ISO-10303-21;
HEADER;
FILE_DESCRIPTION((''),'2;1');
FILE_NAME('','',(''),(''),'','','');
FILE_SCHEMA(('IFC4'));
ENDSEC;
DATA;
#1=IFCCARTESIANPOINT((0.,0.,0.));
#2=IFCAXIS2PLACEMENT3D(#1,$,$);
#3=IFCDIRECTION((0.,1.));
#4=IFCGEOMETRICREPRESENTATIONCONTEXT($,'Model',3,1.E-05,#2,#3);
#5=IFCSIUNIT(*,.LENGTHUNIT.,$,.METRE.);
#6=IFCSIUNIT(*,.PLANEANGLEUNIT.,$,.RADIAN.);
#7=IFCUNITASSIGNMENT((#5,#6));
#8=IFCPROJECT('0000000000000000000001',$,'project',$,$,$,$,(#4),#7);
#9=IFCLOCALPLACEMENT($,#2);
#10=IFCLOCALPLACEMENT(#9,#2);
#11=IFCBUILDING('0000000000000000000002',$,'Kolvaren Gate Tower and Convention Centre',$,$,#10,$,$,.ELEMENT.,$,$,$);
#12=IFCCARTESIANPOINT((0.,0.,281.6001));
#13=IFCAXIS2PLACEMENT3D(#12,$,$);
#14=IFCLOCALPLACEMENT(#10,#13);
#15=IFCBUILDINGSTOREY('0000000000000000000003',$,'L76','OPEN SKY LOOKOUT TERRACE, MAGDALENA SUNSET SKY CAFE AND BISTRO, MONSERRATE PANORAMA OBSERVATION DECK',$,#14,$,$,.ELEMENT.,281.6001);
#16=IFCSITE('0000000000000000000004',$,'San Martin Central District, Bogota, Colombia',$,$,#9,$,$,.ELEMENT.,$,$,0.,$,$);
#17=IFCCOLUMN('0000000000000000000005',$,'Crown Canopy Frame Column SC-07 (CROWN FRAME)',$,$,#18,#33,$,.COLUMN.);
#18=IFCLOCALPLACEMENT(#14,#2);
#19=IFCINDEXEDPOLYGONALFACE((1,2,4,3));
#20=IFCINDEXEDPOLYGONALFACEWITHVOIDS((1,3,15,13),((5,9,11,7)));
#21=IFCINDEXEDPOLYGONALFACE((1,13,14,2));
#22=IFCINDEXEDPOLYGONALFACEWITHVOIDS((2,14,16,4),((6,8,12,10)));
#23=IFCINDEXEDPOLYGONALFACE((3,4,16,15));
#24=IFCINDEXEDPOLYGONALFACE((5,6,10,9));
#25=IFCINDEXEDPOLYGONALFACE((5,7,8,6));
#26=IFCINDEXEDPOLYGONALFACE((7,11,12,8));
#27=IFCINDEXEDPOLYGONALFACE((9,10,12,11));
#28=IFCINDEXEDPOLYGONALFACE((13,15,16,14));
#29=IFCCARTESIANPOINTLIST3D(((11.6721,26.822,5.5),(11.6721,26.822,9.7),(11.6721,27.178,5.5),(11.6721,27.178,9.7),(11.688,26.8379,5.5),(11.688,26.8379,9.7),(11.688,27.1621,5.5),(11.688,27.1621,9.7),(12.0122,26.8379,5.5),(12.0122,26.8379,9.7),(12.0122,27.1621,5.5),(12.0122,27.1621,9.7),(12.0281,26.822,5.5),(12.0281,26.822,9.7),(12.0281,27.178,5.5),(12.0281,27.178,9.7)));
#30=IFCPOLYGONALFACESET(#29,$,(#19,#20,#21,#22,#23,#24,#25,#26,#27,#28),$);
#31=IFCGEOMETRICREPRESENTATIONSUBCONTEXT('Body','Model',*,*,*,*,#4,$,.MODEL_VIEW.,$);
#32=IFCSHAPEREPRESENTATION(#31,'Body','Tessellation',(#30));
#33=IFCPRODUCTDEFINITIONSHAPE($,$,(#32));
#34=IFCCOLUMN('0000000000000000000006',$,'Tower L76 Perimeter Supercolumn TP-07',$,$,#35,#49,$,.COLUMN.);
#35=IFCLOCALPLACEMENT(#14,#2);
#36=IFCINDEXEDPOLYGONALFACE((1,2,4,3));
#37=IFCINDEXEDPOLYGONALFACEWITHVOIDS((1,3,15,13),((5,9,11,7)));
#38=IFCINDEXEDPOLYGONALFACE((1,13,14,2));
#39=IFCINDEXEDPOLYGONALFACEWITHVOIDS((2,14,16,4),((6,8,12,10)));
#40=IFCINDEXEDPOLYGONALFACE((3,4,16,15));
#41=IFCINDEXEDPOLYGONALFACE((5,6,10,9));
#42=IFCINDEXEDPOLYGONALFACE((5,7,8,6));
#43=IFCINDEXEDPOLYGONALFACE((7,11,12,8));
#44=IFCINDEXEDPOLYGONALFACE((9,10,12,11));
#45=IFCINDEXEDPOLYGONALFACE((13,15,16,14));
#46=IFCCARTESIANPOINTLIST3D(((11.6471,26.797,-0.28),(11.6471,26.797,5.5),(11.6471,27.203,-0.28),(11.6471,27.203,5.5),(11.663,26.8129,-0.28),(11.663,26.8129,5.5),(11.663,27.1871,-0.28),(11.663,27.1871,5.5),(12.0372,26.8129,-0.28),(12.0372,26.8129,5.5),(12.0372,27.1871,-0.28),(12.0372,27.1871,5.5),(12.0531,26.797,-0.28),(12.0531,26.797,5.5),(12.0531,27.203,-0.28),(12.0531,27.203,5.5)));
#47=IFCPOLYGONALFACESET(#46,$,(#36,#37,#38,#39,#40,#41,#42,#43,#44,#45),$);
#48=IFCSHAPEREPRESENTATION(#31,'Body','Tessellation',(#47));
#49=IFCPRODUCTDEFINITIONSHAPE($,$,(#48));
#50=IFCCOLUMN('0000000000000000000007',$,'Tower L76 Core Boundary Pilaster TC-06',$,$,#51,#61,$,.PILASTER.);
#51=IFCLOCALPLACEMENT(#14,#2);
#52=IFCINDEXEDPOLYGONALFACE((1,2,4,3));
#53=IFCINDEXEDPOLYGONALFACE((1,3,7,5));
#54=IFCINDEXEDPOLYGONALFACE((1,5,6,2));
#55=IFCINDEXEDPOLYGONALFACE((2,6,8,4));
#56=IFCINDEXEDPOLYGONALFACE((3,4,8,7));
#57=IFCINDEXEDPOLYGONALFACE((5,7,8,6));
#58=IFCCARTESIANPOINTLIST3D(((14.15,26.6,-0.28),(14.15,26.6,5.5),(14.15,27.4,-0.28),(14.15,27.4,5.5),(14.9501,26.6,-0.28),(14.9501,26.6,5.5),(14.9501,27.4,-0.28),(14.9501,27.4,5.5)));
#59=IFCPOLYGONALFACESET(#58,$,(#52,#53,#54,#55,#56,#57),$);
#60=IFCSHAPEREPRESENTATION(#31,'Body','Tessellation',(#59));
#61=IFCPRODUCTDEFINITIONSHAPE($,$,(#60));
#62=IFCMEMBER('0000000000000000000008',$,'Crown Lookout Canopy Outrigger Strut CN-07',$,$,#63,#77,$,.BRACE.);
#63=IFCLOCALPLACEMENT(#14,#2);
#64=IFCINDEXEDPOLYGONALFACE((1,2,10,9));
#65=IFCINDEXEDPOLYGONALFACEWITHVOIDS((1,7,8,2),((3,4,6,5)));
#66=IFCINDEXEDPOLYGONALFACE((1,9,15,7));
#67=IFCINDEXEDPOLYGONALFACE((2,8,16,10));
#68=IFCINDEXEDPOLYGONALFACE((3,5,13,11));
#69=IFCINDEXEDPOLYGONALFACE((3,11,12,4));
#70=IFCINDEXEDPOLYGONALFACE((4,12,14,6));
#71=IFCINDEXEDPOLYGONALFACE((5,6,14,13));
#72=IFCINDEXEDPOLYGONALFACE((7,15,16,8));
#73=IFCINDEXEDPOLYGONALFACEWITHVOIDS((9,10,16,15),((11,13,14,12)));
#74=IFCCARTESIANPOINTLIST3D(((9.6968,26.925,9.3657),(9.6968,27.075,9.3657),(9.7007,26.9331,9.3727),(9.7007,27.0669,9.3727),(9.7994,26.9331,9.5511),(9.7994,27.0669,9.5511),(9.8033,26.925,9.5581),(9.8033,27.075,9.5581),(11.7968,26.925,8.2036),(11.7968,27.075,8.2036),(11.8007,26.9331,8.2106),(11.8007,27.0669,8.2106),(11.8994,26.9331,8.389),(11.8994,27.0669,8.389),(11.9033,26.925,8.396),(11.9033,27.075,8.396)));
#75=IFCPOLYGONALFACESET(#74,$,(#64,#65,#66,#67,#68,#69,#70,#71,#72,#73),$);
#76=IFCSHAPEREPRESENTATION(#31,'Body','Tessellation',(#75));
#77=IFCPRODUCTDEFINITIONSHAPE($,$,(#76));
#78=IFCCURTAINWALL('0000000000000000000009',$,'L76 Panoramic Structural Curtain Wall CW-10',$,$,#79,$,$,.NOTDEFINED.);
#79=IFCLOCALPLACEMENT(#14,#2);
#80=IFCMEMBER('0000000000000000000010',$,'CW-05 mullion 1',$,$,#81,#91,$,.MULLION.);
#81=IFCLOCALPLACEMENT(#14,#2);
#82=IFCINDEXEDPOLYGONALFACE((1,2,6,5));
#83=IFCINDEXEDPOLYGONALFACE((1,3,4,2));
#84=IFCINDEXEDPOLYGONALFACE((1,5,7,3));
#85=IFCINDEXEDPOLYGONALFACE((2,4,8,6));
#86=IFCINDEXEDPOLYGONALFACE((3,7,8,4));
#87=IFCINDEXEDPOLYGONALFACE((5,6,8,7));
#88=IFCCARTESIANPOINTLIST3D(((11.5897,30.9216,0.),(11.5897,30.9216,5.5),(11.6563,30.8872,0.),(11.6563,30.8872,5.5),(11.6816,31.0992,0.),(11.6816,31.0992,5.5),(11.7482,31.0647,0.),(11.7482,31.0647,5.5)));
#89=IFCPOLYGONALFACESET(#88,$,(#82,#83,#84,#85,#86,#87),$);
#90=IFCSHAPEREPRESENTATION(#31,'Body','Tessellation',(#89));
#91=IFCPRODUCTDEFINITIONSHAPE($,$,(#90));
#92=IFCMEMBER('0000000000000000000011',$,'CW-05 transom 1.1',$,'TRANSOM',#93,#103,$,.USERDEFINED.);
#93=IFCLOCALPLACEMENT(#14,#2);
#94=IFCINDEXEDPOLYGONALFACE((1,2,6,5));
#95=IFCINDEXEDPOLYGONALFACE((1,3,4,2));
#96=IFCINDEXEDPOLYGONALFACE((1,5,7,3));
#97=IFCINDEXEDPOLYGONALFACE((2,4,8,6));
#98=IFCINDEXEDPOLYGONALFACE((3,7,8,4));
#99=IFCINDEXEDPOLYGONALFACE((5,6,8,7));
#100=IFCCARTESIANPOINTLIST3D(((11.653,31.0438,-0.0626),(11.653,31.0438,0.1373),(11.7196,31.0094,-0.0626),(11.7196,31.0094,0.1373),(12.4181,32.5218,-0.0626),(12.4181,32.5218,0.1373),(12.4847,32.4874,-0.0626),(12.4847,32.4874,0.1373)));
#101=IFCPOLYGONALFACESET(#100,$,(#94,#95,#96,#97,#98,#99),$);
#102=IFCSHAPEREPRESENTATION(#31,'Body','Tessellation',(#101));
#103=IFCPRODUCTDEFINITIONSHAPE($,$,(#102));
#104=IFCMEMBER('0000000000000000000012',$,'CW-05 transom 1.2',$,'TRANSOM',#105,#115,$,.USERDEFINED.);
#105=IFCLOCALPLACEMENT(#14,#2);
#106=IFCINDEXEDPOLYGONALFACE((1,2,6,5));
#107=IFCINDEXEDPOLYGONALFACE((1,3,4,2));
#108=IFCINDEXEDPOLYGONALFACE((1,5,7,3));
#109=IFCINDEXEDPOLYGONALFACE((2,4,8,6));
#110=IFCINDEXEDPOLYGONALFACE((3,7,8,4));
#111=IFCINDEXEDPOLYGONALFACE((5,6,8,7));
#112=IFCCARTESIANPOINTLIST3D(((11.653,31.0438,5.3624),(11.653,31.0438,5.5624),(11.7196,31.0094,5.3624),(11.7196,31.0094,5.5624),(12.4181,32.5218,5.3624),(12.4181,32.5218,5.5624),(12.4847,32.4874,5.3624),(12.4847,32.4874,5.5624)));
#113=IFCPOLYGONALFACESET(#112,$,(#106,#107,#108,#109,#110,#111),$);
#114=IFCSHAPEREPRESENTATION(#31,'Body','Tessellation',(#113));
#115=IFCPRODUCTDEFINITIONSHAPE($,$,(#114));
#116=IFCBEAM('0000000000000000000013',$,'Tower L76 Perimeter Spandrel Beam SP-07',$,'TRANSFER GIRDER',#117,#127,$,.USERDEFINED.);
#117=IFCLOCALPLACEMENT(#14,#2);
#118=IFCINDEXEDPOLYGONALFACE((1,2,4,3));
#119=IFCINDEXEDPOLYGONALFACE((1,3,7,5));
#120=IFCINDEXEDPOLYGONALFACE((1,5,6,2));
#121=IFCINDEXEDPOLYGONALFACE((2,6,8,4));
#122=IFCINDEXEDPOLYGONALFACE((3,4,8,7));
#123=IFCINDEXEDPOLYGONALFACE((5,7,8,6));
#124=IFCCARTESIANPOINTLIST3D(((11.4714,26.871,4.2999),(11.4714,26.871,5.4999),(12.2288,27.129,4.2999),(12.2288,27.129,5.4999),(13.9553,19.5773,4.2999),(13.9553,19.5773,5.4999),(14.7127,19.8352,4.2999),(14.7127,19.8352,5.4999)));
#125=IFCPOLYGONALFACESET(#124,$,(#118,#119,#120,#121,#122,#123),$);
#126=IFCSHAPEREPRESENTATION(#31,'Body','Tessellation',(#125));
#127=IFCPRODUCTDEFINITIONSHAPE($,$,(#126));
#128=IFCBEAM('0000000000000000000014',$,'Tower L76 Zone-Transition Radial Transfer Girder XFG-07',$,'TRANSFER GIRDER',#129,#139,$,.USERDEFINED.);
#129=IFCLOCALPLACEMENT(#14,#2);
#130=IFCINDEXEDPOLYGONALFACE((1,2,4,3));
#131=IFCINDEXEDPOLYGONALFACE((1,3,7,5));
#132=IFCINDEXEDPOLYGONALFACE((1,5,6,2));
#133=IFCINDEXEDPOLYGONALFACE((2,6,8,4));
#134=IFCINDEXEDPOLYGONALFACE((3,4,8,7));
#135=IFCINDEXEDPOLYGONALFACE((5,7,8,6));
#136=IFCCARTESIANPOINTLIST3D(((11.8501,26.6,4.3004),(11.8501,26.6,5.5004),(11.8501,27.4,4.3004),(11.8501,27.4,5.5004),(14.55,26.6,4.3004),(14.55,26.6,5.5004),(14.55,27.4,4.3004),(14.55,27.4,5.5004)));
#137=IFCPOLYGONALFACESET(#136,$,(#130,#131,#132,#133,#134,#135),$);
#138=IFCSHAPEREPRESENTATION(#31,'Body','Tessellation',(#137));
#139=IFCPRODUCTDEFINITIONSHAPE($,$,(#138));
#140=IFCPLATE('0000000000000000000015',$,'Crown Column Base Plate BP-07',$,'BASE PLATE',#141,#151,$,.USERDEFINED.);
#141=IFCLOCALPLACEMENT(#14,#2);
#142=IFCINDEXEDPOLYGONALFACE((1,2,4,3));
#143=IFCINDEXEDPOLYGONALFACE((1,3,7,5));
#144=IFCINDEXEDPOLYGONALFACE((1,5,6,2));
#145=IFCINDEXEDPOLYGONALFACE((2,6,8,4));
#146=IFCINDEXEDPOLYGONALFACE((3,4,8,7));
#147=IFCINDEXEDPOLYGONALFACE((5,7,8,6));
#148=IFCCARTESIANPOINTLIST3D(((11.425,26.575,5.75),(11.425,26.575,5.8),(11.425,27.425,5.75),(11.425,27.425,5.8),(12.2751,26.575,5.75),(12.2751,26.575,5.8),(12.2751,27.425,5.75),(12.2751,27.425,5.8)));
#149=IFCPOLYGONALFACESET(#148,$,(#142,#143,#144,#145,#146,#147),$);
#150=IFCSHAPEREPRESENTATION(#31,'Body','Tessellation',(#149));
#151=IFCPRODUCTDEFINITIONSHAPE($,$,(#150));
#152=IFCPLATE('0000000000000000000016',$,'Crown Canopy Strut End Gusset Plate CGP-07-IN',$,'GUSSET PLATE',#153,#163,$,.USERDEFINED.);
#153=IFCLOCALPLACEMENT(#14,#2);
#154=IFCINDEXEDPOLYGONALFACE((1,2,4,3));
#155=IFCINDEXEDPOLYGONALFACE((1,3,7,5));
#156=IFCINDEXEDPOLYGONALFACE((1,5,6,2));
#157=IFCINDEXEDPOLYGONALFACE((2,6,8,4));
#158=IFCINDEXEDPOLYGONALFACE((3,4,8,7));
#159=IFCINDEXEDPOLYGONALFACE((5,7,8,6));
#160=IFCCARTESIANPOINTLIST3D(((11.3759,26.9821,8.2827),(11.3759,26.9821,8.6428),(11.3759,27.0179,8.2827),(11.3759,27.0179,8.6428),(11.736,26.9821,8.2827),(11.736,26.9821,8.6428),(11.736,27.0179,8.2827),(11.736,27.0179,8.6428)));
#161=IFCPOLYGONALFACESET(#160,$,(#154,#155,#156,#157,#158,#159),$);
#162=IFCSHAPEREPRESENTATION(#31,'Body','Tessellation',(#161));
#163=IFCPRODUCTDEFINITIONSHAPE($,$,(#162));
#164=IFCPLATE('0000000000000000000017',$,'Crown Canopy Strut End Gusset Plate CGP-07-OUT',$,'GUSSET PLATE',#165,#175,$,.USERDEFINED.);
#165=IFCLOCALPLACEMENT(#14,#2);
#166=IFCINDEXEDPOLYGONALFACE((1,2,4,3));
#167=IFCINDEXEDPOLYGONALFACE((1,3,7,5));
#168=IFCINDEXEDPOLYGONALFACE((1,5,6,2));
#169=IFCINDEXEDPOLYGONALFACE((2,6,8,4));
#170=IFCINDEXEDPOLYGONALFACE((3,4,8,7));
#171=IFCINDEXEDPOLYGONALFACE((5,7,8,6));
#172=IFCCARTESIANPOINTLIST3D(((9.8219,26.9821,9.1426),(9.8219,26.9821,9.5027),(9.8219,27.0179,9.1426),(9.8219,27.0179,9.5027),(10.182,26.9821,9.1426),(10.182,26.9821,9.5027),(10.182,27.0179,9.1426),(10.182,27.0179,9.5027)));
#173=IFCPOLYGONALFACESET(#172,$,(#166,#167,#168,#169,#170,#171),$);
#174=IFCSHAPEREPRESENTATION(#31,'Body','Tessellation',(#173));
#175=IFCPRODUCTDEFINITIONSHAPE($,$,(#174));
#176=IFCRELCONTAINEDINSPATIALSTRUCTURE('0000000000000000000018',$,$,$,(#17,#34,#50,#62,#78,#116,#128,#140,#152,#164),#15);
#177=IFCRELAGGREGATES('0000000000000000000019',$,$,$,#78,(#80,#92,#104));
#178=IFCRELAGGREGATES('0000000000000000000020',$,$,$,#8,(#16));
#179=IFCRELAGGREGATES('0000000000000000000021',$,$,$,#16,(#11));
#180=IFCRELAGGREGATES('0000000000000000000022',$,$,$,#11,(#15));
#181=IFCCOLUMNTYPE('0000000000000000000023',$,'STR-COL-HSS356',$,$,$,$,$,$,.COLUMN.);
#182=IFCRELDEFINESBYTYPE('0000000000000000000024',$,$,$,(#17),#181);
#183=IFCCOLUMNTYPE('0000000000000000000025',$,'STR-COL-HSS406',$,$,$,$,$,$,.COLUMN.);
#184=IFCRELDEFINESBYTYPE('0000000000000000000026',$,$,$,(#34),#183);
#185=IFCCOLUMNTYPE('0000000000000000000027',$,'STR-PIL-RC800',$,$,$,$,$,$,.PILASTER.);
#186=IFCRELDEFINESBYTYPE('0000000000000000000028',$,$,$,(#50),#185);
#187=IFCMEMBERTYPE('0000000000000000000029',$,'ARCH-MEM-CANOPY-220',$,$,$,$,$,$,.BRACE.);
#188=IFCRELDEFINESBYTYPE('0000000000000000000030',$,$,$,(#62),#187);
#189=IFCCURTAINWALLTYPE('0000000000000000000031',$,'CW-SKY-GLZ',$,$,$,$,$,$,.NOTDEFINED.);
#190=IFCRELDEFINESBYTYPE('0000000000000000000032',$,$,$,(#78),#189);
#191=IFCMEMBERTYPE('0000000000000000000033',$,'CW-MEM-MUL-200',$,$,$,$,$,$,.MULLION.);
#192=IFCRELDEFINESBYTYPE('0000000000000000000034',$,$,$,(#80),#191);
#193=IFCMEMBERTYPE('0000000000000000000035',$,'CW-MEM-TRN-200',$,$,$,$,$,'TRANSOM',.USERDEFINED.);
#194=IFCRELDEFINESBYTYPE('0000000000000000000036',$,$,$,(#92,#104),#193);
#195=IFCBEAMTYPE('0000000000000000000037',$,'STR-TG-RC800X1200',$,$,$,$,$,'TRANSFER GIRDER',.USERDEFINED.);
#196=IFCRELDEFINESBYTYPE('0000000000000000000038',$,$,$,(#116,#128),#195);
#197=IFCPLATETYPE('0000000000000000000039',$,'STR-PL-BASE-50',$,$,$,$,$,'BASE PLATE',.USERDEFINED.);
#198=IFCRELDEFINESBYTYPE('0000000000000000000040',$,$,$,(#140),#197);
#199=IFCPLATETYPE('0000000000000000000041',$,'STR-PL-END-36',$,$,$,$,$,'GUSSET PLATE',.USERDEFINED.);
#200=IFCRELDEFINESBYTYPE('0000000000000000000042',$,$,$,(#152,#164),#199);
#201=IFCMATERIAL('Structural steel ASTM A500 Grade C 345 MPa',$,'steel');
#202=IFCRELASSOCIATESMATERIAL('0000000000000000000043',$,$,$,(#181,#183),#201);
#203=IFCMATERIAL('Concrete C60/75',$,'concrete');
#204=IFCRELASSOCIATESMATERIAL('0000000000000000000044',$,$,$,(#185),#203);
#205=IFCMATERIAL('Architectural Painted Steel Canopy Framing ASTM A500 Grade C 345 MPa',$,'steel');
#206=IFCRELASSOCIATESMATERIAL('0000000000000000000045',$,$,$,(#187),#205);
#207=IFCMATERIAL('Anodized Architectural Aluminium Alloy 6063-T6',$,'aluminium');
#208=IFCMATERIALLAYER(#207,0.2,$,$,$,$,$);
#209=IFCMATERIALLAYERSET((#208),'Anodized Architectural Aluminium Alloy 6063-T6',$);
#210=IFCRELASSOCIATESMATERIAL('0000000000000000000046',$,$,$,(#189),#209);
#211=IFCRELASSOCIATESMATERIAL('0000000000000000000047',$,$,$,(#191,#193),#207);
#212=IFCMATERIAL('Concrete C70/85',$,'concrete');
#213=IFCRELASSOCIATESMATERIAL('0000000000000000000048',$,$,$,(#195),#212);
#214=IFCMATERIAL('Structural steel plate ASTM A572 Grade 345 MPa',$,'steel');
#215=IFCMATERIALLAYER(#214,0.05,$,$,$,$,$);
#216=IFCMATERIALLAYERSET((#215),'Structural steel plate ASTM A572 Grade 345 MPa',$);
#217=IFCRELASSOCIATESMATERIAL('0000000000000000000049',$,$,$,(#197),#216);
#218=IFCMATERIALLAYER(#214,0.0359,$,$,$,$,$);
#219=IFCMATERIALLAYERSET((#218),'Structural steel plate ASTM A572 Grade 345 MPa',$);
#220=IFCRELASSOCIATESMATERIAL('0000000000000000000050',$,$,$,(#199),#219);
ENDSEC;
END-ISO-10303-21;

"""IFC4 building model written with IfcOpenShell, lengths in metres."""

from ifc_helpers import new_model, si_unit, direction, frame, origin, origin_2d, place, context, subcontext, project, spatial, rectangle, hollow_rectangle, extrude, material, layer, layer_set, material_profile, profile_set, type_object, element, aggregate, save


model = new_model("IFC4")

# Units and contexts
model_context = context("Model", 3, precision=1e-05, world=origin(), true_north=direction((0.0, 1.0)))
body_context = subcontext(model_context, "Body", "Model", "MODEL_VIEW")
ifc_project = project(units=[si_unit("LENGTHUNIT", "METRE"), si_unit("PLANEANGLEUNIT", "RADIAN")], contexts=[model_context])

# Site, building, storey
site_placement = place(None, origin())
site = spatial("IfcSite", under=ifc_project, at=site_placement, Name="San Martin Central District, Bogota, Colombia", CompositionType="ELEMENT", RefElevation=0.0)
building_placement = place(site_placement, origin())
building = spatial("IfcBuilding", under=site, at=building_placement, Name="Kolvaren Gate Tower and Convention Centre", CompositionType="ELEMENT")
storey_placement = place(building_placement, frame((0.0, 0.0, 281.6001)))
storey = spatial("IfcBuildingStorey", under=building, at=storey_placement, Name="L76", Description="OPEN SKY LOOKOUT TERRACE, MAGDALENA SUNSET SKY CAFE AND BISTRO, MONSERRATE PANORAMA OBSERVATION DECK", CompositionType="ELEMENT", Elevation=281.6001)

# Columns
ifc_material_1 = material(Name="Structural steel ASTM A500 Grade C 345 MPa", Category="steel")
ifc_material_profile_1 = material_profile(ifc_material_1, hollow_rectangle(XDim=0.356, YDim=0.356, WallThickness=0.0159, at=origin_2d()), Name="HSS356X356X15.9")
ifc_profile_set_1 = profile_set([ifc_material_profile_1], Name="Structural steel ASTM A500 Grade C 345 MPa")
column_type_1 = type_object("IfcColumnType", Name="STR-COL-HSS356", PredefinedType="COLUMN", material=ifc_profile_set_1)
column_1_placement = place(storey_placement, frame((11.8501, 27.0, 5.5), z_axis=(0.0, 0.0, 1.0), x_axis=(1.0, 0.0, 0.0)))
element("IfcColumn", 1, at=column_1_placement, inside=storey, type_object=column_type_1, Name="Crown Canopy Frame Column SC-07 (CROWN FRAME)", PredefinedType="COLUMN", context=body_context, shape_type="SweptSolid", body=[
    extrude(hollow_rectangle(XDim=0.356, YDim=0.356, WallThickness=0.0159, at=origin_2d()), origin(), (0.0, 0.0, 1.0), 4.2),
])
ifc_material_profile_2 = material_profile(ifc_material_1, hollow_rectangle(XDim=0.406, YDim=0.406, WallThickness=0.0159, at=origin_2d()), Name="HSS406X406X15.9")
ifc_profile_set_2 = profile_set([ifc_material_profile_2], Name="Structural steel ASTM A500 Grade C 345 MPa")
column_type_2 = type_object("IfcColumnType", Name="STR-COL-HSS406", PredefinedType="COLUMN", material=ifc_profile_set_2)
column_2_placement = place(storey_placement, frame((11.8501, 27.0, -0.28), z_axis=(0.0, 0.0, 1.0), x_axis=(1.0, 0.0, 0.0)))
element("IfcColumn", 2, at=column_2_placement, inside=storey, type_object=column_type_2, Name="Tower L76 Perimeter Supercolumn TP-07", PredefinedType="COLUMN", context=body_context, shape_type="SweptSolid", body=[
    extrude(hollow_rectangle(XDim=0.406, YDim=0.406, WallThickness=0.0159, at=origin_2d()), origin(), (0.0, 0.0, 1.0), 5.78),
])
ifc_material_2 = material(Name="Concrete C60/75", Category="concrete")
ifc_material_profile_3 = material_profile(ifc_material_2, rectangle(XDim=0.8, YDim=0.8, at=origin_2d()), Name="RC-COL-800X800")
ifc_profile_set_3 = profile_set([ifc_material_profile_3], Name="Concrete C60/75")
column_type_3 = type_object("IfcColumnType", Name="STR-PIL-RC800", PredefinedType="PILASTER", material=ifc_profile_set_3)
column_3_placement = place(storey_placement, frame((14.55, 27.0, -0.28), z_axis=(0.0, 0.0, 1.0), x_axis=(1.0, 0.0, 0.0)))
element("IfcColumn", 3, at=column_3_placement, inside=storey, type_object=column_type_3, Name="Tower L76 Core Boundary Pilaster TC-06", PredefinedType="PILASTER", context=body_context, shape_type="SweptSolid", body=[
    extrude(rectangle(XDim=0.8, YDim=0.8, at=origin_2d()), origin(), (0.0, 0.0, 1.0), 5.78),
])

# Member
ifc_material_3 = material(Name="Architectural Painted Steel Canopy Framing ASTM A500 Grade C 345 MPa", Category="steel")
ifc_material_profile_4 = material_profile(ifc_material_3, hollow_rectangle(XDim=0.1499, YDim=0.22, WallThickness=0.0081, at=origin_2d()), Name="ARCH-MEM-CANOPY-220")
ifc_profile_set_4 = profile_set([ifc_material_profile_4], Name="Architectural Painted Steel Canopy Framing ASTM A500 Grade C 345 MPa")
member_type_1 = type_object("IfcMemberType", Name="ARCH-MEM-CANOPY-220", PredefinedType="BRACE", material=ifc_profile_set_4)
member_1_placement = place(storey_placement, frame((11.8501, 27.0, 8.2998), z_axis=(-0.874972, 0.0, 0.484174), x_axis=(0.0, -1.0, 0.0)))
element("IfcMember", 4, at=member_1_placement, inside=storey, type_object=member_type_1, Name="Crown Lookout Canopy Outrigger Strut CN-07", PredefinedType="BRACE", context=body_context, shape_type="SweptSolid", body=[
    extrude(hollow_rectangle(XDim=0.1499, YDim=0.22, WallThickness=0.0081, at=origin_2d()), origin(), (0.0, 0.0, 1.0), 2.4001),
])

# Curtain wall, members
ifc_material_4 = material(Name="Anodized Architectural Aluminium Alloy 6063-T6", Category="aluminium")
ifc_layer_1 = layer(ifc_material_4, 0.2)
ifc_layer_set_1 = layer_set([ifc_layer_1], Name="Anodized Architectural Aluminium Alloy 6063-T6")
curtain_wall_type = type_object("IfcCurtainWallType", Name="CW-SKY-GLZ", PredefinedType="NOTDEFINED", material=ifc_layer_set_1)
curtain_wall_placement = place(storey_placement, origin())
curtain_wall = element("IfcCurtainWall", 5, at=curtain_wall_placement, inside=storey, type_object=curtain_wall_type, Name="L76 Panoramic Structural Curtain Wall CW-10", PredefinedType="NOTDEFINED")
ifc_material_profile_5 = material_profile(ifc_material_4, rectangle(XDim=0.075, YDim=0.2, at=origin_2d()), Name="CW-MEM-MUL-200")
ifc_profile_set_5 = profile_set([ifc_material_profile_5], Name="Anodized Architectural Aluminium Alloy 6063-T6")
member_type_2 = type_object("IfcMemberType", Name="CW-MEM-MUL-200", PredefinedType="MULLION", material=ifc_profile_set_5)
member_2_placement = place(storey_placement, frame((11.6689, 30.9932, 0.0), z_axis=(0.0, 0.0, 1.0), x_axis=(-0.88803, 0.459786, 0.0)))
member_2 = element("IfcMember", 6, at=member_2_placement, type_object=member_type_2, Name="CW-05 mullion 1", PredefinedType="MULLION", context=body_context, shape_type="SweptSolid", body=[
    extrude(rectangle(XDim=0.075, YDim=0.2, at=origin_2d()), origin(), (0.0, 0.0, 1.0), 5.5),
])
ifc_material_profile_6 = material_profile(ifc_material_4, rectangle(XDim=0.075, YDim=0.2, at=origin_2d()), Name="CW-MEM-TRN-200")
ifc_profile_set_6 = profile_set([ifc_material_profile_6], Name="Anodized Architectural Aluminium Alloy 6063-T6")
member_type_3 = type_object("IfcMemberType", Name="CW-MEM-TRN-200", ElementType="TRANSOM", PredefinedType="USERDEFINED", material=ifc_profile_set_6)
member_3_placement = place(storey_placement, frame((11.6863, 31.0266, 0.0374), z_axis=(0.459726, 0.888061, 0.0), x_axis=(-0.888061, 0.459726, 0.0)))
member_3 = element("IfcMember", 7, at=member_3_placement, type_object=member_type_3, Name="CW-05 transom 1.1", ObjectType="TRANSOM", PredefinedType="USERDEFINED", context=body_context, shape_type="SweptSolid", body=[
    extrude(rectangle(XDim=0.075, YDim=0.2, at=origin_2d()), origin(), (0.0, 0.0, 1.0), 1.6643),
])
member_4_placement = place(storey_placement, frame((11.6863, 31.0266, 5.4624), z_axis=(0.459726, 0.888061, 0.0), x_axis=(-0.888061, 0.459726, 0.0)))
member_4 = element("IfcMember", 8, at=member_4_placement, type_object=member_type_3, Name="CW-05 transom 1.2", ObjectType="TRANSOM", PredefinedType="USERDEFINED", context=body_context, shape_type="SweptSolid", body=[
    extrude(rectangle(XDim=0.075, YDim=0.2, at=origin_2d()), origin(), (0.0, 0.0, 1.0), 1.6643),
])
aggregate(curtain_wall, [member_2, member_3, member_4])

# Beams
ifc_material_5 = material(Name="Concrete C70/85", Category="concrete")
ifc_material_profile_7 = material_profile(ifc_material_5, rectangle(XDim=0.8, YDim=1.2, at=origin_2d()), Name="RC-BM-800X1200")
ifc_profile_set_7 = profile_set([ifc_material_profile_7], Name="Concrete C70/85")
beam_type = type_object("IfcBeamType", Name="STR-TG-RC800X1200", ElementType="TRANSFER GIRDER", PredefinedType="USERDEFINED", material=ifc_profile_set_7)
beam_1_placement = place(storey_placement, frame((11.8501, 27.0, 4.8999), z_axis=(0.322371, -0.946613, 0.0), x_axis=(0.946613, 0.322371, 0.0)))
element("IfcBeam", 9, at=beam_1_placement, inside=storey, type_object=beam_type, Name="Tower L76 Perimeter Spandrel Beam SP-07", ObjectType="TRANSFER GIRDER", PredefinedType="USERDEFINED", context=body_context, shape_type="SweptSolid", body=[
    extrude(rectangle(XDim=0.8, YDim=1.2, at=origin_2d()), origin(), (0.0, 0.0, 1.0), 7.7051),
])
beam_2_placement = place(storey_placement, frame((14.55, 27.0, 4.9004), z_axis=(-1.0, 0.0, 0.0), x_axis=(0.0, -1.0, 0.0)))
element("IfcBeam", 10, at=beam_2_placement, inside=storey, type_object=beam_type, Name="Tower L76 Zone-Transition Radial Transfer Girder XFG-07", ObjectType="TRANSFER GIRDER", PredefinedType="USERDEFINED", context=body_context, shape_type="SweptSolid", body=[
    extrude(rectangle(XDim=0.8, YDim=1.2, at=origin_2d()), origin(), (0.0, 0.0, 1.0), 2.7),
])

# Plates
ifc_material_6 = material(Name="Structural steel plate ASTM A572 Grade 345 MPa", Category="steel")
ifc_layer_2 = layer(ifc_material_6, 0.05)
ifc_layer_set_2 = layer_set([ifc_layer_2], Name="Structural steel plate ASTM A572 Grade 345 MPa")
plate_type_1 = type_object("IfcPlateType", Name="STR-PL-BASE-50", ElementType="BASE PLATE", PredefinedType="USERDEFINED", material=ifc_layer_set_2)
plate_placement = place(storey_placement, frame((11.8501, 27.0, 5.75), z_axis=(0.0, 0.0, 1.0), x_axis=(1.0, 0.0, 0.0)))
element("IfcPlate", 11, at=plate_placement, inside=storey, type_object=plate_type_1, Name="Crown Column Base Plate BP-07", ObjectType="BASE PLATE", PredefinedType="USERDEFINED", context=body_context, shape_type="SweptSolid", body=[
    extrude(rectangle(XDim=0.8501, YDim=0.8501, at=origin_2d()), origin(), (0.0, 0.0, 1.0), 0.05),
])
ifc_layer_3 = layer(ifc_material_6, 0.0359)
ifc_layer_set_3 = layer_set([ifc_layer_3], Name="Structural steel plate ASTM A572 Grade 345 MPa")
plate_type_2 = type_object("IfcPlateType", Name="STR-PL-END-36", ElementType="GUSSET PLATE", PredefinedType="USERDEFINED", material=ifc_layer_set_3)
for number, where, z_axis, x_axis, name in (
    (12, (11.5559, 27.0, 8.2827), (0.0, 0.0, 1.0), (-1.0, 0.0, 0.0), "Crown Canopy Strut End Gusset Plate CGP-07-IN"),
    (13, (10.002, 27.0, 9.1426), (0.0, 0.0, 1.0), (-1.0, 0.0, 0.0), "Crown Canopy Strut End Gusset Plate CGP-07-OUT"),
):
    element("IfcPlate", number, at=place(storey_placement, frame(where, z_axis=z_axis, x_axis=x_axis)), inside=storey, type_object=plate_type_2, Name=name, ObjectType="GUSSET PLATE", PredefinedType="USERDEFINED", context=body_context, shape_type="SweptSolid", body=[
        extrude(rectangle(XDim=0.3601, YDim=0.0359, at=origin_2d()), origin(), (0.0, 0.0, 1.0), 0.3601),
    ])

save(model, "model.ifc")
